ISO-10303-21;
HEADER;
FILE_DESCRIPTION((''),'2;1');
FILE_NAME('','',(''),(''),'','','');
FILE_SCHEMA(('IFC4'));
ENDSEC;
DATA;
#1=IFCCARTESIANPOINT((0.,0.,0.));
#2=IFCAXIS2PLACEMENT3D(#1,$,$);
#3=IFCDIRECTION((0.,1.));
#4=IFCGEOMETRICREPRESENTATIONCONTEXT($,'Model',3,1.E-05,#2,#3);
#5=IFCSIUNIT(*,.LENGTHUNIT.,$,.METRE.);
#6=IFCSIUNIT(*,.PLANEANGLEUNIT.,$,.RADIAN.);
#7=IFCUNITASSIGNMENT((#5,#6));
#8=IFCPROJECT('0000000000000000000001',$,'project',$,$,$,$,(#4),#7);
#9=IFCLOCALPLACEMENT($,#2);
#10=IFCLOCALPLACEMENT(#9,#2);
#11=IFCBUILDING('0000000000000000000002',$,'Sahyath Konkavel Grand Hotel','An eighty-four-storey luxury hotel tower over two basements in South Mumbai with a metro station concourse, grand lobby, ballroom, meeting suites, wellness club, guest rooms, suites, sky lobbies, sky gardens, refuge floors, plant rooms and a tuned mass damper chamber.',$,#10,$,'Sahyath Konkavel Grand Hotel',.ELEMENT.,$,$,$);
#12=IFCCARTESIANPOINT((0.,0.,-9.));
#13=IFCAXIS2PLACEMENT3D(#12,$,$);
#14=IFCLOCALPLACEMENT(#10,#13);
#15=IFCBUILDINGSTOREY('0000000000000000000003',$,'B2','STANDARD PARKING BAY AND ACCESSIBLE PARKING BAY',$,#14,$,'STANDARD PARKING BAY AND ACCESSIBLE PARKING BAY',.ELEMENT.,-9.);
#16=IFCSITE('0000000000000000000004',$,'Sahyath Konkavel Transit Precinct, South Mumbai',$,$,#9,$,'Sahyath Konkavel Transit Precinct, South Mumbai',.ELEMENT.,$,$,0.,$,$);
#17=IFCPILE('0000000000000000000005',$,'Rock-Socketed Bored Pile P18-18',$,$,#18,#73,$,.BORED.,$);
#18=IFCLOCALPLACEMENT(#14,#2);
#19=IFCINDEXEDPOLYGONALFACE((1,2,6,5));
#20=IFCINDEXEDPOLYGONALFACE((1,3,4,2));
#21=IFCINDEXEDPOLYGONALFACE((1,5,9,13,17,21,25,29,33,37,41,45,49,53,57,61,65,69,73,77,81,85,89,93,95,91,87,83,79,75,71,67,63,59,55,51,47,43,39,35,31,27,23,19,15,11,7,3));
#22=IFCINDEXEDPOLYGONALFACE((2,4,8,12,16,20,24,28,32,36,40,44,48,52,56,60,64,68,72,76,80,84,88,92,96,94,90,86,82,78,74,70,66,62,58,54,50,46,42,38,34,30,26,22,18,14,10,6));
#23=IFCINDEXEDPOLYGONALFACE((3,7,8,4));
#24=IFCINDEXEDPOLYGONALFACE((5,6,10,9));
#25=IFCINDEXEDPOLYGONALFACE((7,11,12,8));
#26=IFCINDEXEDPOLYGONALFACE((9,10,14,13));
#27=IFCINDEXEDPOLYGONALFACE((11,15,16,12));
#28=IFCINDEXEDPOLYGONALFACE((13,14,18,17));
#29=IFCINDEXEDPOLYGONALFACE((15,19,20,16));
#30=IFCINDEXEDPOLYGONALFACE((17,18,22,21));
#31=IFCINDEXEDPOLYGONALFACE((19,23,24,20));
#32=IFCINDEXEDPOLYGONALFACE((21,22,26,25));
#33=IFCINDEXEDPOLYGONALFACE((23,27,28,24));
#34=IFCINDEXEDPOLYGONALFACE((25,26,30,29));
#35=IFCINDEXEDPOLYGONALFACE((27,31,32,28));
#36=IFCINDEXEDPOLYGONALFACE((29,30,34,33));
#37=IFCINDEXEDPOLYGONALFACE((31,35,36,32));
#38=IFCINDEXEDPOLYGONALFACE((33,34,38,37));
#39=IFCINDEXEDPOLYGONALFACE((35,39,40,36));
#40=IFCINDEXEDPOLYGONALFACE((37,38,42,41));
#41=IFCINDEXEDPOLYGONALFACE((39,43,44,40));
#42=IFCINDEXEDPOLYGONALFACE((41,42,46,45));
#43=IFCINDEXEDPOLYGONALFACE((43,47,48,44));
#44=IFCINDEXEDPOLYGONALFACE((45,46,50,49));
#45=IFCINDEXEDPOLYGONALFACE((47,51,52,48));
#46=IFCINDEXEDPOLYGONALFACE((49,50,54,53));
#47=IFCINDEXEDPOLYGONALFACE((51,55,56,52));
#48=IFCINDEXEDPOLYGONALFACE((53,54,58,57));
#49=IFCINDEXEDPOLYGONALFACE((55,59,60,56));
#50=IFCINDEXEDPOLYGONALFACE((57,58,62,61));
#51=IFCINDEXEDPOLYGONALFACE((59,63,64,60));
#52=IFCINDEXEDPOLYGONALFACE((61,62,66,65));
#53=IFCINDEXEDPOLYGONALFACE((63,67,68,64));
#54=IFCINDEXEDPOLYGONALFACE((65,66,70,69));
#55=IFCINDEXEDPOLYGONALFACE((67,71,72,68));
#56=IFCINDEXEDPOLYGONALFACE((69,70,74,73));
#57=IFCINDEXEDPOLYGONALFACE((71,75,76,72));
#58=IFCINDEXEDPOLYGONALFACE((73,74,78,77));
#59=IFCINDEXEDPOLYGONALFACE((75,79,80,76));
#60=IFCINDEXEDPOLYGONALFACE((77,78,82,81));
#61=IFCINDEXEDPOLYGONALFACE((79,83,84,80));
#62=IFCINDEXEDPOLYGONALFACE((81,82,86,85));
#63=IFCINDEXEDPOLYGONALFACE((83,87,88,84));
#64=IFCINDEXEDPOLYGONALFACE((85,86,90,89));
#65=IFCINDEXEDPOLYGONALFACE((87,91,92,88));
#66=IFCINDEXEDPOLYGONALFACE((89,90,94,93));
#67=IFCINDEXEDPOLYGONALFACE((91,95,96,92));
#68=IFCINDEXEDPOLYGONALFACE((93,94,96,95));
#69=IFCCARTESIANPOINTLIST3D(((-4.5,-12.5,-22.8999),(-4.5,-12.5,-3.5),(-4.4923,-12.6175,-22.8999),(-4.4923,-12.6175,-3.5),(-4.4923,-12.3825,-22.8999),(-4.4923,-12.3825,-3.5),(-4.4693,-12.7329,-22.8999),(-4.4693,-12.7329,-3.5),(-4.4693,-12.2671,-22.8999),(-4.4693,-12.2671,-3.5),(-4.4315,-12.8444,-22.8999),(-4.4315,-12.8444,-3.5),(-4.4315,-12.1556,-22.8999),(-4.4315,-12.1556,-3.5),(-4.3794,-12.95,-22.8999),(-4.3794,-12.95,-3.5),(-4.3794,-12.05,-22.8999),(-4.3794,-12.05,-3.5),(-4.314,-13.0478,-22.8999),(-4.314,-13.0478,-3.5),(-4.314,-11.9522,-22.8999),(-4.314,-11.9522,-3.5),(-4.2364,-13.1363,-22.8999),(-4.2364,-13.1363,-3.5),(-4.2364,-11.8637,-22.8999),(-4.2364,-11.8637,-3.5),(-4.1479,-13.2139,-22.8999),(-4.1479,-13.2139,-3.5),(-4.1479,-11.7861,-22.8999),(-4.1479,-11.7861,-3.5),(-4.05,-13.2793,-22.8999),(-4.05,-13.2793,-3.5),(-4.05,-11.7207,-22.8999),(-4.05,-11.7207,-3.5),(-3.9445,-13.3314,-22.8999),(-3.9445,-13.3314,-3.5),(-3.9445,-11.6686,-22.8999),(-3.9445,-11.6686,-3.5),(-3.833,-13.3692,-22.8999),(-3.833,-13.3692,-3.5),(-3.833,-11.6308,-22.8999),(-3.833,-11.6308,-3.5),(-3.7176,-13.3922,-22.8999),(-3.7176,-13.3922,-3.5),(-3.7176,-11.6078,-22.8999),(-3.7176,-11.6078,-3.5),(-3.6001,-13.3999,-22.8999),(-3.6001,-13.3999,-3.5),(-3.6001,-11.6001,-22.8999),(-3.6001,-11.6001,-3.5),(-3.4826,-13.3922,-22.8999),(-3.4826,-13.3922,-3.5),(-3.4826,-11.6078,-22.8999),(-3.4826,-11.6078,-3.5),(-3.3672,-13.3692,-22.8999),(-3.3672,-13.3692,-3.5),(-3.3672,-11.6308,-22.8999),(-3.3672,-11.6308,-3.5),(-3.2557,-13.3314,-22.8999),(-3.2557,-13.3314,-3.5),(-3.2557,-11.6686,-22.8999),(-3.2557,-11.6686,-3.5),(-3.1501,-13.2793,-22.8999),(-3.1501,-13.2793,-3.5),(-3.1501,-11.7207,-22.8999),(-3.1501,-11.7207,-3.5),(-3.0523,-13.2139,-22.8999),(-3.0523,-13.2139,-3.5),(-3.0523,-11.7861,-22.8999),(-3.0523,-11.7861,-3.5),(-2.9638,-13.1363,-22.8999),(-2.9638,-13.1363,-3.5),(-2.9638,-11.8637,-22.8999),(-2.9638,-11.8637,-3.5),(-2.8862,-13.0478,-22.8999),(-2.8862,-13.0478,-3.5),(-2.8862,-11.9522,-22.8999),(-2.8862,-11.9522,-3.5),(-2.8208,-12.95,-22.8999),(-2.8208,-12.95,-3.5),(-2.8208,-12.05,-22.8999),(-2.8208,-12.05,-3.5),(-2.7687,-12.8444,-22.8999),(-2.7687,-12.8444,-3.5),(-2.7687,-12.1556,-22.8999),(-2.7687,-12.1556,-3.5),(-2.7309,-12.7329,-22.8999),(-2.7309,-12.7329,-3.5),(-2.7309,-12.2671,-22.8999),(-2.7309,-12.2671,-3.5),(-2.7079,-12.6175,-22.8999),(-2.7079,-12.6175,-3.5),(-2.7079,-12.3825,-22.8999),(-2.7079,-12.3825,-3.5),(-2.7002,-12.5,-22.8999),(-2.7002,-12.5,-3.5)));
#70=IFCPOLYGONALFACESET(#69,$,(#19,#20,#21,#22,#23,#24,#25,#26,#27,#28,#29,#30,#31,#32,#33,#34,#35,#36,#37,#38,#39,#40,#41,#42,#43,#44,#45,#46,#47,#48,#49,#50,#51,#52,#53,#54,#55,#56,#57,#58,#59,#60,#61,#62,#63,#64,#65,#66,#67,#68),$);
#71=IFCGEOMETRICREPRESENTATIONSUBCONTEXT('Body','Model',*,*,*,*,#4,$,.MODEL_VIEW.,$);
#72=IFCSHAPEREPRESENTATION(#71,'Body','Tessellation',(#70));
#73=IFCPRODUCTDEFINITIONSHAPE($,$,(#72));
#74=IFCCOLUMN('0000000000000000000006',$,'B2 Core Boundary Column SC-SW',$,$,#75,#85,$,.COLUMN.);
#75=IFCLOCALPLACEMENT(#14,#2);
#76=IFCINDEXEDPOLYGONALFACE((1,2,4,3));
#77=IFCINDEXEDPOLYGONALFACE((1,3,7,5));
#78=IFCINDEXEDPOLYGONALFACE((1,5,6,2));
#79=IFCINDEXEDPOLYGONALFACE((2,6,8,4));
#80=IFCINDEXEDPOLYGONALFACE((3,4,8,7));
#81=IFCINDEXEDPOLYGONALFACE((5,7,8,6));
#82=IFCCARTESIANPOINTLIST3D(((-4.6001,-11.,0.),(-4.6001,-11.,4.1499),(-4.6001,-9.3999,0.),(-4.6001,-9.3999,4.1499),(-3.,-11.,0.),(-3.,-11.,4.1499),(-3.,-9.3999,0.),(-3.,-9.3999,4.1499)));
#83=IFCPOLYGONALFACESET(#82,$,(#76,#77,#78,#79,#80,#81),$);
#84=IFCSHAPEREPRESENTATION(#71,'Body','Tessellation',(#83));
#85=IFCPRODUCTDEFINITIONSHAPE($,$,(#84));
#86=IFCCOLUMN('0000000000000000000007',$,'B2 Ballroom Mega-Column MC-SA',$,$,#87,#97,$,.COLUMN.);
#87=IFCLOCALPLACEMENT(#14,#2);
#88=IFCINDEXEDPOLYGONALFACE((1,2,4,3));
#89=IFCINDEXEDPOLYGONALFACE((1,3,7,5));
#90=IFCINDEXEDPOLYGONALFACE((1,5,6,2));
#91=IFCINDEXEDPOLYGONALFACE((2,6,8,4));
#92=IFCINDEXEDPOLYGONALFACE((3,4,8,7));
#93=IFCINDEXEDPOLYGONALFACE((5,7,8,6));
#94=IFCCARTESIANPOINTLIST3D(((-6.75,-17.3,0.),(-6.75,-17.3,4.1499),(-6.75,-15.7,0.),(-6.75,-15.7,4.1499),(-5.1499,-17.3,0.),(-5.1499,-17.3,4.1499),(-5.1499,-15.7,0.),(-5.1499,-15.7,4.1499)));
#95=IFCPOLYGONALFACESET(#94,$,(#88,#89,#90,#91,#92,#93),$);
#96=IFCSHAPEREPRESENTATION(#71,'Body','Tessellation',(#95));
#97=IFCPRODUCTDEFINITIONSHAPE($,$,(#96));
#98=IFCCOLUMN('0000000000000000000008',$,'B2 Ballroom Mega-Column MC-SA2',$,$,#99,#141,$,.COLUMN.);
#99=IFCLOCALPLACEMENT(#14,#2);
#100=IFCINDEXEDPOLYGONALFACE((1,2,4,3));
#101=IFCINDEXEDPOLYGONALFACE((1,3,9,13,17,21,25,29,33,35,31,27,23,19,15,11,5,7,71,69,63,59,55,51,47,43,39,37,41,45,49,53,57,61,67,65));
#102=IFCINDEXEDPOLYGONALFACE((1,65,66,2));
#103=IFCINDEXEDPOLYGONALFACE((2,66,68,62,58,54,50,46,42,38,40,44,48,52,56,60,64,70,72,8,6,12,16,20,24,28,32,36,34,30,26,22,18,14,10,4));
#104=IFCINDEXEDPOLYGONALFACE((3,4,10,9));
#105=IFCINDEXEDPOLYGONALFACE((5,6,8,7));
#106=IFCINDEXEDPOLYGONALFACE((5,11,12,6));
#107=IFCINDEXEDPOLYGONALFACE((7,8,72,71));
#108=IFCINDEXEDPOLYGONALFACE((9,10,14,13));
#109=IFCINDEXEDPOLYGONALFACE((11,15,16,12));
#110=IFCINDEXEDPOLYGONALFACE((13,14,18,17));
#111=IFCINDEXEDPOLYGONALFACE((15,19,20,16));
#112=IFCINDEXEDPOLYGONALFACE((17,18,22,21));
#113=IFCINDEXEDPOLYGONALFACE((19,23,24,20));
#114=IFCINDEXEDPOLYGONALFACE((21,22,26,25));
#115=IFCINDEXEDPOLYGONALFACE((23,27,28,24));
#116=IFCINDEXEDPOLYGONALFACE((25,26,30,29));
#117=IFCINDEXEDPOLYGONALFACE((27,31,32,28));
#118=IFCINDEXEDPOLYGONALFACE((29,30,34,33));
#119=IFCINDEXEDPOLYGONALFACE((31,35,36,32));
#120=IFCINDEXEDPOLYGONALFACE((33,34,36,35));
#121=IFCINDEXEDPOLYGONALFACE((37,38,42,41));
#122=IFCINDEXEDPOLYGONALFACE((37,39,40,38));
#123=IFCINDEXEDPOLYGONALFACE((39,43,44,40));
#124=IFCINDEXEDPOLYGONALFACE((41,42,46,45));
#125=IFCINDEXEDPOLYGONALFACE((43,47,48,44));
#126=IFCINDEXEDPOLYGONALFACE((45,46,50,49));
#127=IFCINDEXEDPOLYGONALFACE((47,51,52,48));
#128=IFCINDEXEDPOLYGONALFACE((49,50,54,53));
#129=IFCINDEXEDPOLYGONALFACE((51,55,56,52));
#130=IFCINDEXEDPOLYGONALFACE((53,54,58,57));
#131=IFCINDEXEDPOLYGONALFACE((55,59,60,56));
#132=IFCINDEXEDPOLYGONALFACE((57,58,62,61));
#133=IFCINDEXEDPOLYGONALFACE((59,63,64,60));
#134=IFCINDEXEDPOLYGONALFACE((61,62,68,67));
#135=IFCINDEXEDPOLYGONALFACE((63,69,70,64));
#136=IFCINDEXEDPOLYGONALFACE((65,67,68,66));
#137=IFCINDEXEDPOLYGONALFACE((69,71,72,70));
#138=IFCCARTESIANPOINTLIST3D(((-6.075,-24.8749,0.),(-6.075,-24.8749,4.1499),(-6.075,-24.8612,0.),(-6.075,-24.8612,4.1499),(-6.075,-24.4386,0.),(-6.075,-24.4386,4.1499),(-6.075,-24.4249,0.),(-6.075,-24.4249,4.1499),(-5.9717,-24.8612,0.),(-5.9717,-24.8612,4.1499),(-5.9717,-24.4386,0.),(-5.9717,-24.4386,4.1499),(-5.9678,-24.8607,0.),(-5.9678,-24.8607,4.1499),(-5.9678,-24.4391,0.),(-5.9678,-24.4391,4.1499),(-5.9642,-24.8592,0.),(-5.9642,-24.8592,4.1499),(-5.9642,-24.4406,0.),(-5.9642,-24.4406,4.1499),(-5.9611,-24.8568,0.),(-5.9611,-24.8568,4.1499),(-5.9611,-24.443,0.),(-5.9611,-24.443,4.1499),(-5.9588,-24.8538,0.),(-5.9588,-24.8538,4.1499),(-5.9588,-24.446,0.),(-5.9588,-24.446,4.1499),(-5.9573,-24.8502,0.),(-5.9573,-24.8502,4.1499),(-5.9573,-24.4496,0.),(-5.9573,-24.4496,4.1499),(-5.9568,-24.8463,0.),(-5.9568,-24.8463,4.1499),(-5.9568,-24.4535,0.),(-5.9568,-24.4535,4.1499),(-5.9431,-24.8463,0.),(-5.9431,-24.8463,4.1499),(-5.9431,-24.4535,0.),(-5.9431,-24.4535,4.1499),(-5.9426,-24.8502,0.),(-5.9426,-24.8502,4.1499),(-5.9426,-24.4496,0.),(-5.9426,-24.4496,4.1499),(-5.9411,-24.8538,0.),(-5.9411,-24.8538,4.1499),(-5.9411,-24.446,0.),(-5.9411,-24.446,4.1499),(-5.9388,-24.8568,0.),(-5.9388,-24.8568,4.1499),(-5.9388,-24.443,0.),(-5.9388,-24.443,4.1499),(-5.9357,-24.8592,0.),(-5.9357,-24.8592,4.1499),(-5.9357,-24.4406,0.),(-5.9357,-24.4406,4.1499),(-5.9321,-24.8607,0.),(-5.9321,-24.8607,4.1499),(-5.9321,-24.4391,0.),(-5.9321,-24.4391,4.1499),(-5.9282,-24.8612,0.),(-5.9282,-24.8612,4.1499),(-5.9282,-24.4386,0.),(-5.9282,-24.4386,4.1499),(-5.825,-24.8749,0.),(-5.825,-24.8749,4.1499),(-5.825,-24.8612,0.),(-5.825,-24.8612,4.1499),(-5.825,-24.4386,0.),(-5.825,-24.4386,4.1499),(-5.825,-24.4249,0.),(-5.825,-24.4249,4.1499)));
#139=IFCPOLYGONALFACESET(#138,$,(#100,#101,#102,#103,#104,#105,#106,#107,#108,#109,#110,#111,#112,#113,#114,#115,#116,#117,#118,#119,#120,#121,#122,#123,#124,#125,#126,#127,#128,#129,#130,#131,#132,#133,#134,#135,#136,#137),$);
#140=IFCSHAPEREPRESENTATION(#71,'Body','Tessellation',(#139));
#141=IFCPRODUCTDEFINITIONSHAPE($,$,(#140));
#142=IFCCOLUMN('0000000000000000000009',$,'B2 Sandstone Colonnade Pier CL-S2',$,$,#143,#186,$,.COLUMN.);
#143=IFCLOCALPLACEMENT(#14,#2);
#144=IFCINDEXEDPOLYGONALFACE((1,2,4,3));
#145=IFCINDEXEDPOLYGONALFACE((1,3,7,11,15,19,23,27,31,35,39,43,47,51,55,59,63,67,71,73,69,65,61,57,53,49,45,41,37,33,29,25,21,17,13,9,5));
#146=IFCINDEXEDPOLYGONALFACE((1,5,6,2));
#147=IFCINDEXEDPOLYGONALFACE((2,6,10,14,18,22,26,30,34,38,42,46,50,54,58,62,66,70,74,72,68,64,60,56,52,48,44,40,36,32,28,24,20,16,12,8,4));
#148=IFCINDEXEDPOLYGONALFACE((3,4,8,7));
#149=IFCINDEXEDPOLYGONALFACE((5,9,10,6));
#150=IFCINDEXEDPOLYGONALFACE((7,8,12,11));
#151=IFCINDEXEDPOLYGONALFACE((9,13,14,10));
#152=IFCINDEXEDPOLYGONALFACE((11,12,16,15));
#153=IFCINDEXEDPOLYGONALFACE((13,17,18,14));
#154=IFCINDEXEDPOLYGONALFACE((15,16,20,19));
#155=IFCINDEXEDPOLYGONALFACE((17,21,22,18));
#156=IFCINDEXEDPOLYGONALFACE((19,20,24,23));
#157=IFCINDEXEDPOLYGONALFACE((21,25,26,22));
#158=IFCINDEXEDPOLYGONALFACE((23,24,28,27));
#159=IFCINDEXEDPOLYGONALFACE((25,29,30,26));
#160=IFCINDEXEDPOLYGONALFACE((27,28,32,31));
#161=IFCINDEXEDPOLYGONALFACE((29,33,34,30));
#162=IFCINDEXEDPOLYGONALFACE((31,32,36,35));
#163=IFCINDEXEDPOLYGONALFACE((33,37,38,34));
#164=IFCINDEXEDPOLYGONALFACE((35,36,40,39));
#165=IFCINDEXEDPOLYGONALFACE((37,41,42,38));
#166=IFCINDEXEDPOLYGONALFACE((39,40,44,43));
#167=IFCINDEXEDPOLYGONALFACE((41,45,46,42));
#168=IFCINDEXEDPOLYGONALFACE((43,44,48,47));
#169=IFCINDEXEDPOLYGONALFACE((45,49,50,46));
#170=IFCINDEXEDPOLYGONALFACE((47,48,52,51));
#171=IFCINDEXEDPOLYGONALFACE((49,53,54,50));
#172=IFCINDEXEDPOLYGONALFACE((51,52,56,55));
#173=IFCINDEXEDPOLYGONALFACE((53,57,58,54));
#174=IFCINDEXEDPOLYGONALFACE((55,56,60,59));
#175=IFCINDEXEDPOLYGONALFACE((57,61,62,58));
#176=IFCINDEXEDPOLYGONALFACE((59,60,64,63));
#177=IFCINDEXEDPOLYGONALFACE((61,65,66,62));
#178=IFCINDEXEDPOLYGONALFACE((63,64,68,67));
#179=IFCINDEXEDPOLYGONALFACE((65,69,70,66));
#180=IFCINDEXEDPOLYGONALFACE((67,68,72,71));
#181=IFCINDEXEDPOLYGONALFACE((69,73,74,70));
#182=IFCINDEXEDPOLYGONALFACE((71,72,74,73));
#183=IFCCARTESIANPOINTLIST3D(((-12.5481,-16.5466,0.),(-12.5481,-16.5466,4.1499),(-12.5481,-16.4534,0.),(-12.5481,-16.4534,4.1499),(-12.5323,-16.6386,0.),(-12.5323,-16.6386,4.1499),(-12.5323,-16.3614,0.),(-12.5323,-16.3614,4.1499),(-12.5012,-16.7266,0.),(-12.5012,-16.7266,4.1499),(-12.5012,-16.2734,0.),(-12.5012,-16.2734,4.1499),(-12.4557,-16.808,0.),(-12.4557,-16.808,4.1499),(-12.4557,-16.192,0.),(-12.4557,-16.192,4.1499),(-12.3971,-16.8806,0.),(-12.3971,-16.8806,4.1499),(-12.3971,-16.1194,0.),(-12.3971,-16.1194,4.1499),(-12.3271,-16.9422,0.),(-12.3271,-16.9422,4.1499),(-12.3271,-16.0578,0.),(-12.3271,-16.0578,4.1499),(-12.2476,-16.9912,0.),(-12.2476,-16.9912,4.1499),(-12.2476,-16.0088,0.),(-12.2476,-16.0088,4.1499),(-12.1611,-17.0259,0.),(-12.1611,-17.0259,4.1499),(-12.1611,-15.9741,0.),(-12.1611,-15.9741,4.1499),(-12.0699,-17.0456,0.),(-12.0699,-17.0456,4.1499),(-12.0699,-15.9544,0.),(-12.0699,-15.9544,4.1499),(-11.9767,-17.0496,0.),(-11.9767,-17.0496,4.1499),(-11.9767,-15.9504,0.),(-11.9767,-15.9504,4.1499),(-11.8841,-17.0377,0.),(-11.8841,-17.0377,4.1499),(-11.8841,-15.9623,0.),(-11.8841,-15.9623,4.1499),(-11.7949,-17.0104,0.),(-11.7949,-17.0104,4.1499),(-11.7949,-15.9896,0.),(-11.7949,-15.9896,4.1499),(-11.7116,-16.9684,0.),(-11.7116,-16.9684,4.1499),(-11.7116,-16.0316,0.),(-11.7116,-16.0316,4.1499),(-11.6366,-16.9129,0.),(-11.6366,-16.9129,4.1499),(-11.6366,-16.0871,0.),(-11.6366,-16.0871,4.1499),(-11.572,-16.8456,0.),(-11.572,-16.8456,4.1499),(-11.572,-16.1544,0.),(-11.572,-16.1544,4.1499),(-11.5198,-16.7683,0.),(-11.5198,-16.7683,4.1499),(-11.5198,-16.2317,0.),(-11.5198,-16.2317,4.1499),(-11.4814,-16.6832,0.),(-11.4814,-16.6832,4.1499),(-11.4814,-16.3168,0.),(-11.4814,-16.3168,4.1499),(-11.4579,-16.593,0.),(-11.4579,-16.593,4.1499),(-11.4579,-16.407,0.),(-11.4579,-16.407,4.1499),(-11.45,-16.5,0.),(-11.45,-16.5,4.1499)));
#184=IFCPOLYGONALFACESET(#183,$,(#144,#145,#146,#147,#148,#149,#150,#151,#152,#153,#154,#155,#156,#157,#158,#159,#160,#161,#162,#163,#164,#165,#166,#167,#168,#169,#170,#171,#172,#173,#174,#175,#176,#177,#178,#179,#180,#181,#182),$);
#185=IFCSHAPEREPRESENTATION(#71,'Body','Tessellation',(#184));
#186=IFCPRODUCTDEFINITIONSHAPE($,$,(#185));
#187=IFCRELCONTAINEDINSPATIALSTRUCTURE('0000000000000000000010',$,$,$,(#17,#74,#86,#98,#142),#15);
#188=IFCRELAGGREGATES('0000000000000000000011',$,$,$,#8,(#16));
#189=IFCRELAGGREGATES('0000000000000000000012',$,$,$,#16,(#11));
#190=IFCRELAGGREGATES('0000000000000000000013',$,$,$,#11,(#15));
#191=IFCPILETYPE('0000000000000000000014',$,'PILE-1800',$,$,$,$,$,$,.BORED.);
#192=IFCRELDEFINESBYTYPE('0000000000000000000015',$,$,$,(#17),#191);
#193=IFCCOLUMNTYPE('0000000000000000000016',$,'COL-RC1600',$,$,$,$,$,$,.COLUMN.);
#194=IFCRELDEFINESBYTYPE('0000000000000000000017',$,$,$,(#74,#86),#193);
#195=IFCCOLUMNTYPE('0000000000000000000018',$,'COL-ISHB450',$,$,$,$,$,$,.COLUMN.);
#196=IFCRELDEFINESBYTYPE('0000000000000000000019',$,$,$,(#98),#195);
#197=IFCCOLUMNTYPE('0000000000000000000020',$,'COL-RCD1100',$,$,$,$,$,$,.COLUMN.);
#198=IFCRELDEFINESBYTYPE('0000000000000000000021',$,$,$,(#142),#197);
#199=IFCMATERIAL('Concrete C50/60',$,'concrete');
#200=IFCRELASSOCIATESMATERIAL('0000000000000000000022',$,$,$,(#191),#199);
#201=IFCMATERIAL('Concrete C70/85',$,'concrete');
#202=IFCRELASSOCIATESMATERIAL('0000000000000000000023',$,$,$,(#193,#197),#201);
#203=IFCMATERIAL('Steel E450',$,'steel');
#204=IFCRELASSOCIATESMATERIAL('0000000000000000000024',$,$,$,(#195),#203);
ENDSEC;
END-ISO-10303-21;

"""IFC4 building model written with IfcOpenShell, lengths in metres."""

from ifc_helpers import new_model, si_unit, direction, frame, origin, origin_2d, place, context, subcontext, project, spatial, rectangle, circle, i_section, extrude, source, transform, mapped, material, material_profile, profile_set, type_object, element, save


model = new_model("IFC4")

# Units and contexts
model_context = context("Model", 3, precision=1e-05, world=origin(), true_north=direction((0.0, 1.0)))
body_context = subcontext(model_context, "Body", "Model", "MODEL_VIEW")
ifc_project = project(units=[si_unit("LENGTHUNIT", "METRE"), si_unit("PLANEANGLEUNIT", "RADIAN")], contexts=[model_context])

# Site, building, storey
site_placement = place(None, origin())
site = spatial("IfcSite", under=ifc_project, at=site_placement, Name="Sahyath Konkavel Transit Precinct, South Mumbai", LongName="Sahyath Konkavel Transit Precinct, South Mumbai", CompositionType="ELEMENT", RefElevation=0.0)
building_placement = place(site_placement, origin())
building = spatial("IfcBuilding", under=site, at=building_placement, Name="Sahyath Konkavel Grand Hotel", Description="An eighty-four-storey luxury hotel tower over two basements in South Mumbai with a metro station concourse, grand lobby, ballroom, meeting suites, wellness club, guest rooms, suites, sky lobbies, sky gardens, refuge floors, plant rooms and a tuned mass damper chamber.", LongName="Sahyath Konkavel Grand Hotel", CompositionType="ELEMENT")
storey_placement = place(building_placement, frame((0.0, 0.0, -9.0)))
storey = spatial("IfcBuildingStorey", under=building, at=storey_placement, Name="B2", Description="STANDARD PARKING BAY AND ACCESSIBLE PARKING BAY", LongName="STANDARD PARKING BAY AND ACCESSIBLE PARKING BAY", CompositionType="ELEMENT", Elevation=-9.0)

# Pile
ifc_material_1 = material(Name="Concrete C50/60", Category="concrete")
ifc_material_profile_1 = material_profile(ifc_material_1, circle(Radius=0.8999, at=origin_2d()), Name="PILE D1800")
ifc_profile_set_1 = profile_set([ifc_material_profile_1], Name="Concrete C50/60")
pile_type_1 = type_object("IfcPileType", Name="PILE-1800", PredefinedType="BORED", material=ifc_profile_set_1)
for number, where, z_axis, x_axis, name in (
    (1, (-3.6001, -12.5, -3.5), (0.0, 0.0, -1.0), (1.0, 0.0, 0.0), "Rock-Socketed Bored Pile P18-18"),
):
    element("IfcPile", number, at=place(storey_placement, frame(where, z_axis=z_axis, x_axis=x_axis)), inside=storey, type_object=pile_type_1, Name=name, PredefinedType="BORED", context=body_context, shape_type="SweptSolid", body=[
        extrude(circle(Radius=0.8999, at=origin_2d()), origin(), (0.0, 0.0, 1.0), 19.3999),
    ])

# Columns
ifc_material_2 = material(Name="Concrete C70/85", Category="concrete")
ifc_material_profile_2 = material_profile(ifc_material_2, rectangle(XDim=1.6001, YDim=1.6001, at=origin_2d()), Name="RC 1600x1600")
ifc_profile_set_2 = profile_set([ifc_material_profile_2], Name="Concrete C70/85")
column_type_1 = type_object("IfcColumnType", Name="COL-RC1600", PredefinedType="COLUMN", material=ifc_profile_set_2)
shared_shape_1 = source(origin(), body_context, "Body", "SweptSolid", [
    extrude(rectangle(XDim=1.6001, YDim=1.6001, at=origin_2d()), origin(), (0.0, 0.0, 1.0), 4.1499),
])
for number, where, z_axis, x_axis, name in (
    (2, (-3.8, -10.2, 0.0), (0.0, 0.0, 1.0), (1.0, 0.0, 0.0), "B2 Core Boundary Column SC-SW"),
    (3, (-5.95, -16.5, 0.0), (0.0, 0.0, 1.0), (1.0, 0.0, 0.0), "B2 Ballroom Mega-Column MC-SA"),
):
    element("IfcColumn", number, at=place(storey_placement, frame(where, z_axis=z_axis, x_axis=x_axis)), inside=storey, type_object=column_type_1, Name=name, PredefinedType="COLUMN", context=body_context, shape_type="MappedRepresentation", body=[
        mapped(shared_shape_1, transform((0.0, 0.0, 0.0), scale=1.0)),
    ])
ifc_material_3 = material(Name="Steel E450", Category="steel")
ifc_material_profile_3 = material_profile(ifc_material_3, i_section(OverallWidth=0.25, OverallDepth=0.45, WebThickness=0.0137, FlangeThickness=0.0137, FilletRadius=0.0149, at=origin_2d()), Name="ISHB 450")
ifc_profile_set_3 = profile_set([ifc_material_profile_3], Name="Steel E450")
column_type_2 = type_object("IfcColumnType", Name="COL-ISHB450", PredefinedType="COLUMN", material=ifc_profile_set_3)
shared_shape_2 = source(origin(), body_context, "Body", "SweptSolid", [
    extrude(i_section(OverallWidth=0.25, OverallDepth=0.45, WebThickness=0.0137, FlangeThickness=0.0137, FilletRadius=0.0149, at=origin_2d()), origin(), (0.0, 0.0, 1.0), 4.1499),
])
column_1_placement = place(storey_placement, frame((-5.95, -24.6499, 0.0), z_axis=(0.0, 0.0, 1.0), x_axis=(1.0, 0.0, 0.0)))
element("IfcColumn", 4, at=column_1_placement, inside=storey, type_object=column_type_2, Name="B2 Ballroom Mega-Column MC-SA2", PredefinedType="COLUMN", context=body_context, shape_type="MappedRepresentation", body=[
    mapped(shared_shape_2, transform((0.0, 0.0, 0.0), scale=1.0)),
])
ifc_material_profile_4 = material_profile(ifc_material_2, circle(Radius=0.55, at=origin_2d()), Name="RC D1100")
ifc_profile_set_4 = profile_set([ifc_material_profile_4], Name="Concrete C70/85")
column_type_3 = type_object("IfcColumnType", Name="COL-RCD1100", PredefinedType="COLUMN", material=ifc_profile_set_4)
shared_shape_3 = source(origin(), body_context, "Body", "SweptSolid", [
    extrude(circle(Radius=0.55, at=origin_2d()), origin(), (0.0, 0.0, 1.0), 4.1499),
])
column_2_placement = place(storey_placement, frame((-12.0, -16.5, 0.0), z_axis=(0.0, 0.0, 1.0), x_axis=(1.0, 0.0, 0.0)))
element("IfcColumn", 5, at=column_2_placement, inside=storey, type_object=column_type_3, Name="B2 Sandstone Colonnade Pier CL-S2", PredefinedType="COLUMN", context=body_context, shape_type="MappedRepresentation", body=[
    mapped(shared_shape_3, transform((0.0, 0.0, 0.0), scale=1.0)),
])

save(model, "model.ifc")
